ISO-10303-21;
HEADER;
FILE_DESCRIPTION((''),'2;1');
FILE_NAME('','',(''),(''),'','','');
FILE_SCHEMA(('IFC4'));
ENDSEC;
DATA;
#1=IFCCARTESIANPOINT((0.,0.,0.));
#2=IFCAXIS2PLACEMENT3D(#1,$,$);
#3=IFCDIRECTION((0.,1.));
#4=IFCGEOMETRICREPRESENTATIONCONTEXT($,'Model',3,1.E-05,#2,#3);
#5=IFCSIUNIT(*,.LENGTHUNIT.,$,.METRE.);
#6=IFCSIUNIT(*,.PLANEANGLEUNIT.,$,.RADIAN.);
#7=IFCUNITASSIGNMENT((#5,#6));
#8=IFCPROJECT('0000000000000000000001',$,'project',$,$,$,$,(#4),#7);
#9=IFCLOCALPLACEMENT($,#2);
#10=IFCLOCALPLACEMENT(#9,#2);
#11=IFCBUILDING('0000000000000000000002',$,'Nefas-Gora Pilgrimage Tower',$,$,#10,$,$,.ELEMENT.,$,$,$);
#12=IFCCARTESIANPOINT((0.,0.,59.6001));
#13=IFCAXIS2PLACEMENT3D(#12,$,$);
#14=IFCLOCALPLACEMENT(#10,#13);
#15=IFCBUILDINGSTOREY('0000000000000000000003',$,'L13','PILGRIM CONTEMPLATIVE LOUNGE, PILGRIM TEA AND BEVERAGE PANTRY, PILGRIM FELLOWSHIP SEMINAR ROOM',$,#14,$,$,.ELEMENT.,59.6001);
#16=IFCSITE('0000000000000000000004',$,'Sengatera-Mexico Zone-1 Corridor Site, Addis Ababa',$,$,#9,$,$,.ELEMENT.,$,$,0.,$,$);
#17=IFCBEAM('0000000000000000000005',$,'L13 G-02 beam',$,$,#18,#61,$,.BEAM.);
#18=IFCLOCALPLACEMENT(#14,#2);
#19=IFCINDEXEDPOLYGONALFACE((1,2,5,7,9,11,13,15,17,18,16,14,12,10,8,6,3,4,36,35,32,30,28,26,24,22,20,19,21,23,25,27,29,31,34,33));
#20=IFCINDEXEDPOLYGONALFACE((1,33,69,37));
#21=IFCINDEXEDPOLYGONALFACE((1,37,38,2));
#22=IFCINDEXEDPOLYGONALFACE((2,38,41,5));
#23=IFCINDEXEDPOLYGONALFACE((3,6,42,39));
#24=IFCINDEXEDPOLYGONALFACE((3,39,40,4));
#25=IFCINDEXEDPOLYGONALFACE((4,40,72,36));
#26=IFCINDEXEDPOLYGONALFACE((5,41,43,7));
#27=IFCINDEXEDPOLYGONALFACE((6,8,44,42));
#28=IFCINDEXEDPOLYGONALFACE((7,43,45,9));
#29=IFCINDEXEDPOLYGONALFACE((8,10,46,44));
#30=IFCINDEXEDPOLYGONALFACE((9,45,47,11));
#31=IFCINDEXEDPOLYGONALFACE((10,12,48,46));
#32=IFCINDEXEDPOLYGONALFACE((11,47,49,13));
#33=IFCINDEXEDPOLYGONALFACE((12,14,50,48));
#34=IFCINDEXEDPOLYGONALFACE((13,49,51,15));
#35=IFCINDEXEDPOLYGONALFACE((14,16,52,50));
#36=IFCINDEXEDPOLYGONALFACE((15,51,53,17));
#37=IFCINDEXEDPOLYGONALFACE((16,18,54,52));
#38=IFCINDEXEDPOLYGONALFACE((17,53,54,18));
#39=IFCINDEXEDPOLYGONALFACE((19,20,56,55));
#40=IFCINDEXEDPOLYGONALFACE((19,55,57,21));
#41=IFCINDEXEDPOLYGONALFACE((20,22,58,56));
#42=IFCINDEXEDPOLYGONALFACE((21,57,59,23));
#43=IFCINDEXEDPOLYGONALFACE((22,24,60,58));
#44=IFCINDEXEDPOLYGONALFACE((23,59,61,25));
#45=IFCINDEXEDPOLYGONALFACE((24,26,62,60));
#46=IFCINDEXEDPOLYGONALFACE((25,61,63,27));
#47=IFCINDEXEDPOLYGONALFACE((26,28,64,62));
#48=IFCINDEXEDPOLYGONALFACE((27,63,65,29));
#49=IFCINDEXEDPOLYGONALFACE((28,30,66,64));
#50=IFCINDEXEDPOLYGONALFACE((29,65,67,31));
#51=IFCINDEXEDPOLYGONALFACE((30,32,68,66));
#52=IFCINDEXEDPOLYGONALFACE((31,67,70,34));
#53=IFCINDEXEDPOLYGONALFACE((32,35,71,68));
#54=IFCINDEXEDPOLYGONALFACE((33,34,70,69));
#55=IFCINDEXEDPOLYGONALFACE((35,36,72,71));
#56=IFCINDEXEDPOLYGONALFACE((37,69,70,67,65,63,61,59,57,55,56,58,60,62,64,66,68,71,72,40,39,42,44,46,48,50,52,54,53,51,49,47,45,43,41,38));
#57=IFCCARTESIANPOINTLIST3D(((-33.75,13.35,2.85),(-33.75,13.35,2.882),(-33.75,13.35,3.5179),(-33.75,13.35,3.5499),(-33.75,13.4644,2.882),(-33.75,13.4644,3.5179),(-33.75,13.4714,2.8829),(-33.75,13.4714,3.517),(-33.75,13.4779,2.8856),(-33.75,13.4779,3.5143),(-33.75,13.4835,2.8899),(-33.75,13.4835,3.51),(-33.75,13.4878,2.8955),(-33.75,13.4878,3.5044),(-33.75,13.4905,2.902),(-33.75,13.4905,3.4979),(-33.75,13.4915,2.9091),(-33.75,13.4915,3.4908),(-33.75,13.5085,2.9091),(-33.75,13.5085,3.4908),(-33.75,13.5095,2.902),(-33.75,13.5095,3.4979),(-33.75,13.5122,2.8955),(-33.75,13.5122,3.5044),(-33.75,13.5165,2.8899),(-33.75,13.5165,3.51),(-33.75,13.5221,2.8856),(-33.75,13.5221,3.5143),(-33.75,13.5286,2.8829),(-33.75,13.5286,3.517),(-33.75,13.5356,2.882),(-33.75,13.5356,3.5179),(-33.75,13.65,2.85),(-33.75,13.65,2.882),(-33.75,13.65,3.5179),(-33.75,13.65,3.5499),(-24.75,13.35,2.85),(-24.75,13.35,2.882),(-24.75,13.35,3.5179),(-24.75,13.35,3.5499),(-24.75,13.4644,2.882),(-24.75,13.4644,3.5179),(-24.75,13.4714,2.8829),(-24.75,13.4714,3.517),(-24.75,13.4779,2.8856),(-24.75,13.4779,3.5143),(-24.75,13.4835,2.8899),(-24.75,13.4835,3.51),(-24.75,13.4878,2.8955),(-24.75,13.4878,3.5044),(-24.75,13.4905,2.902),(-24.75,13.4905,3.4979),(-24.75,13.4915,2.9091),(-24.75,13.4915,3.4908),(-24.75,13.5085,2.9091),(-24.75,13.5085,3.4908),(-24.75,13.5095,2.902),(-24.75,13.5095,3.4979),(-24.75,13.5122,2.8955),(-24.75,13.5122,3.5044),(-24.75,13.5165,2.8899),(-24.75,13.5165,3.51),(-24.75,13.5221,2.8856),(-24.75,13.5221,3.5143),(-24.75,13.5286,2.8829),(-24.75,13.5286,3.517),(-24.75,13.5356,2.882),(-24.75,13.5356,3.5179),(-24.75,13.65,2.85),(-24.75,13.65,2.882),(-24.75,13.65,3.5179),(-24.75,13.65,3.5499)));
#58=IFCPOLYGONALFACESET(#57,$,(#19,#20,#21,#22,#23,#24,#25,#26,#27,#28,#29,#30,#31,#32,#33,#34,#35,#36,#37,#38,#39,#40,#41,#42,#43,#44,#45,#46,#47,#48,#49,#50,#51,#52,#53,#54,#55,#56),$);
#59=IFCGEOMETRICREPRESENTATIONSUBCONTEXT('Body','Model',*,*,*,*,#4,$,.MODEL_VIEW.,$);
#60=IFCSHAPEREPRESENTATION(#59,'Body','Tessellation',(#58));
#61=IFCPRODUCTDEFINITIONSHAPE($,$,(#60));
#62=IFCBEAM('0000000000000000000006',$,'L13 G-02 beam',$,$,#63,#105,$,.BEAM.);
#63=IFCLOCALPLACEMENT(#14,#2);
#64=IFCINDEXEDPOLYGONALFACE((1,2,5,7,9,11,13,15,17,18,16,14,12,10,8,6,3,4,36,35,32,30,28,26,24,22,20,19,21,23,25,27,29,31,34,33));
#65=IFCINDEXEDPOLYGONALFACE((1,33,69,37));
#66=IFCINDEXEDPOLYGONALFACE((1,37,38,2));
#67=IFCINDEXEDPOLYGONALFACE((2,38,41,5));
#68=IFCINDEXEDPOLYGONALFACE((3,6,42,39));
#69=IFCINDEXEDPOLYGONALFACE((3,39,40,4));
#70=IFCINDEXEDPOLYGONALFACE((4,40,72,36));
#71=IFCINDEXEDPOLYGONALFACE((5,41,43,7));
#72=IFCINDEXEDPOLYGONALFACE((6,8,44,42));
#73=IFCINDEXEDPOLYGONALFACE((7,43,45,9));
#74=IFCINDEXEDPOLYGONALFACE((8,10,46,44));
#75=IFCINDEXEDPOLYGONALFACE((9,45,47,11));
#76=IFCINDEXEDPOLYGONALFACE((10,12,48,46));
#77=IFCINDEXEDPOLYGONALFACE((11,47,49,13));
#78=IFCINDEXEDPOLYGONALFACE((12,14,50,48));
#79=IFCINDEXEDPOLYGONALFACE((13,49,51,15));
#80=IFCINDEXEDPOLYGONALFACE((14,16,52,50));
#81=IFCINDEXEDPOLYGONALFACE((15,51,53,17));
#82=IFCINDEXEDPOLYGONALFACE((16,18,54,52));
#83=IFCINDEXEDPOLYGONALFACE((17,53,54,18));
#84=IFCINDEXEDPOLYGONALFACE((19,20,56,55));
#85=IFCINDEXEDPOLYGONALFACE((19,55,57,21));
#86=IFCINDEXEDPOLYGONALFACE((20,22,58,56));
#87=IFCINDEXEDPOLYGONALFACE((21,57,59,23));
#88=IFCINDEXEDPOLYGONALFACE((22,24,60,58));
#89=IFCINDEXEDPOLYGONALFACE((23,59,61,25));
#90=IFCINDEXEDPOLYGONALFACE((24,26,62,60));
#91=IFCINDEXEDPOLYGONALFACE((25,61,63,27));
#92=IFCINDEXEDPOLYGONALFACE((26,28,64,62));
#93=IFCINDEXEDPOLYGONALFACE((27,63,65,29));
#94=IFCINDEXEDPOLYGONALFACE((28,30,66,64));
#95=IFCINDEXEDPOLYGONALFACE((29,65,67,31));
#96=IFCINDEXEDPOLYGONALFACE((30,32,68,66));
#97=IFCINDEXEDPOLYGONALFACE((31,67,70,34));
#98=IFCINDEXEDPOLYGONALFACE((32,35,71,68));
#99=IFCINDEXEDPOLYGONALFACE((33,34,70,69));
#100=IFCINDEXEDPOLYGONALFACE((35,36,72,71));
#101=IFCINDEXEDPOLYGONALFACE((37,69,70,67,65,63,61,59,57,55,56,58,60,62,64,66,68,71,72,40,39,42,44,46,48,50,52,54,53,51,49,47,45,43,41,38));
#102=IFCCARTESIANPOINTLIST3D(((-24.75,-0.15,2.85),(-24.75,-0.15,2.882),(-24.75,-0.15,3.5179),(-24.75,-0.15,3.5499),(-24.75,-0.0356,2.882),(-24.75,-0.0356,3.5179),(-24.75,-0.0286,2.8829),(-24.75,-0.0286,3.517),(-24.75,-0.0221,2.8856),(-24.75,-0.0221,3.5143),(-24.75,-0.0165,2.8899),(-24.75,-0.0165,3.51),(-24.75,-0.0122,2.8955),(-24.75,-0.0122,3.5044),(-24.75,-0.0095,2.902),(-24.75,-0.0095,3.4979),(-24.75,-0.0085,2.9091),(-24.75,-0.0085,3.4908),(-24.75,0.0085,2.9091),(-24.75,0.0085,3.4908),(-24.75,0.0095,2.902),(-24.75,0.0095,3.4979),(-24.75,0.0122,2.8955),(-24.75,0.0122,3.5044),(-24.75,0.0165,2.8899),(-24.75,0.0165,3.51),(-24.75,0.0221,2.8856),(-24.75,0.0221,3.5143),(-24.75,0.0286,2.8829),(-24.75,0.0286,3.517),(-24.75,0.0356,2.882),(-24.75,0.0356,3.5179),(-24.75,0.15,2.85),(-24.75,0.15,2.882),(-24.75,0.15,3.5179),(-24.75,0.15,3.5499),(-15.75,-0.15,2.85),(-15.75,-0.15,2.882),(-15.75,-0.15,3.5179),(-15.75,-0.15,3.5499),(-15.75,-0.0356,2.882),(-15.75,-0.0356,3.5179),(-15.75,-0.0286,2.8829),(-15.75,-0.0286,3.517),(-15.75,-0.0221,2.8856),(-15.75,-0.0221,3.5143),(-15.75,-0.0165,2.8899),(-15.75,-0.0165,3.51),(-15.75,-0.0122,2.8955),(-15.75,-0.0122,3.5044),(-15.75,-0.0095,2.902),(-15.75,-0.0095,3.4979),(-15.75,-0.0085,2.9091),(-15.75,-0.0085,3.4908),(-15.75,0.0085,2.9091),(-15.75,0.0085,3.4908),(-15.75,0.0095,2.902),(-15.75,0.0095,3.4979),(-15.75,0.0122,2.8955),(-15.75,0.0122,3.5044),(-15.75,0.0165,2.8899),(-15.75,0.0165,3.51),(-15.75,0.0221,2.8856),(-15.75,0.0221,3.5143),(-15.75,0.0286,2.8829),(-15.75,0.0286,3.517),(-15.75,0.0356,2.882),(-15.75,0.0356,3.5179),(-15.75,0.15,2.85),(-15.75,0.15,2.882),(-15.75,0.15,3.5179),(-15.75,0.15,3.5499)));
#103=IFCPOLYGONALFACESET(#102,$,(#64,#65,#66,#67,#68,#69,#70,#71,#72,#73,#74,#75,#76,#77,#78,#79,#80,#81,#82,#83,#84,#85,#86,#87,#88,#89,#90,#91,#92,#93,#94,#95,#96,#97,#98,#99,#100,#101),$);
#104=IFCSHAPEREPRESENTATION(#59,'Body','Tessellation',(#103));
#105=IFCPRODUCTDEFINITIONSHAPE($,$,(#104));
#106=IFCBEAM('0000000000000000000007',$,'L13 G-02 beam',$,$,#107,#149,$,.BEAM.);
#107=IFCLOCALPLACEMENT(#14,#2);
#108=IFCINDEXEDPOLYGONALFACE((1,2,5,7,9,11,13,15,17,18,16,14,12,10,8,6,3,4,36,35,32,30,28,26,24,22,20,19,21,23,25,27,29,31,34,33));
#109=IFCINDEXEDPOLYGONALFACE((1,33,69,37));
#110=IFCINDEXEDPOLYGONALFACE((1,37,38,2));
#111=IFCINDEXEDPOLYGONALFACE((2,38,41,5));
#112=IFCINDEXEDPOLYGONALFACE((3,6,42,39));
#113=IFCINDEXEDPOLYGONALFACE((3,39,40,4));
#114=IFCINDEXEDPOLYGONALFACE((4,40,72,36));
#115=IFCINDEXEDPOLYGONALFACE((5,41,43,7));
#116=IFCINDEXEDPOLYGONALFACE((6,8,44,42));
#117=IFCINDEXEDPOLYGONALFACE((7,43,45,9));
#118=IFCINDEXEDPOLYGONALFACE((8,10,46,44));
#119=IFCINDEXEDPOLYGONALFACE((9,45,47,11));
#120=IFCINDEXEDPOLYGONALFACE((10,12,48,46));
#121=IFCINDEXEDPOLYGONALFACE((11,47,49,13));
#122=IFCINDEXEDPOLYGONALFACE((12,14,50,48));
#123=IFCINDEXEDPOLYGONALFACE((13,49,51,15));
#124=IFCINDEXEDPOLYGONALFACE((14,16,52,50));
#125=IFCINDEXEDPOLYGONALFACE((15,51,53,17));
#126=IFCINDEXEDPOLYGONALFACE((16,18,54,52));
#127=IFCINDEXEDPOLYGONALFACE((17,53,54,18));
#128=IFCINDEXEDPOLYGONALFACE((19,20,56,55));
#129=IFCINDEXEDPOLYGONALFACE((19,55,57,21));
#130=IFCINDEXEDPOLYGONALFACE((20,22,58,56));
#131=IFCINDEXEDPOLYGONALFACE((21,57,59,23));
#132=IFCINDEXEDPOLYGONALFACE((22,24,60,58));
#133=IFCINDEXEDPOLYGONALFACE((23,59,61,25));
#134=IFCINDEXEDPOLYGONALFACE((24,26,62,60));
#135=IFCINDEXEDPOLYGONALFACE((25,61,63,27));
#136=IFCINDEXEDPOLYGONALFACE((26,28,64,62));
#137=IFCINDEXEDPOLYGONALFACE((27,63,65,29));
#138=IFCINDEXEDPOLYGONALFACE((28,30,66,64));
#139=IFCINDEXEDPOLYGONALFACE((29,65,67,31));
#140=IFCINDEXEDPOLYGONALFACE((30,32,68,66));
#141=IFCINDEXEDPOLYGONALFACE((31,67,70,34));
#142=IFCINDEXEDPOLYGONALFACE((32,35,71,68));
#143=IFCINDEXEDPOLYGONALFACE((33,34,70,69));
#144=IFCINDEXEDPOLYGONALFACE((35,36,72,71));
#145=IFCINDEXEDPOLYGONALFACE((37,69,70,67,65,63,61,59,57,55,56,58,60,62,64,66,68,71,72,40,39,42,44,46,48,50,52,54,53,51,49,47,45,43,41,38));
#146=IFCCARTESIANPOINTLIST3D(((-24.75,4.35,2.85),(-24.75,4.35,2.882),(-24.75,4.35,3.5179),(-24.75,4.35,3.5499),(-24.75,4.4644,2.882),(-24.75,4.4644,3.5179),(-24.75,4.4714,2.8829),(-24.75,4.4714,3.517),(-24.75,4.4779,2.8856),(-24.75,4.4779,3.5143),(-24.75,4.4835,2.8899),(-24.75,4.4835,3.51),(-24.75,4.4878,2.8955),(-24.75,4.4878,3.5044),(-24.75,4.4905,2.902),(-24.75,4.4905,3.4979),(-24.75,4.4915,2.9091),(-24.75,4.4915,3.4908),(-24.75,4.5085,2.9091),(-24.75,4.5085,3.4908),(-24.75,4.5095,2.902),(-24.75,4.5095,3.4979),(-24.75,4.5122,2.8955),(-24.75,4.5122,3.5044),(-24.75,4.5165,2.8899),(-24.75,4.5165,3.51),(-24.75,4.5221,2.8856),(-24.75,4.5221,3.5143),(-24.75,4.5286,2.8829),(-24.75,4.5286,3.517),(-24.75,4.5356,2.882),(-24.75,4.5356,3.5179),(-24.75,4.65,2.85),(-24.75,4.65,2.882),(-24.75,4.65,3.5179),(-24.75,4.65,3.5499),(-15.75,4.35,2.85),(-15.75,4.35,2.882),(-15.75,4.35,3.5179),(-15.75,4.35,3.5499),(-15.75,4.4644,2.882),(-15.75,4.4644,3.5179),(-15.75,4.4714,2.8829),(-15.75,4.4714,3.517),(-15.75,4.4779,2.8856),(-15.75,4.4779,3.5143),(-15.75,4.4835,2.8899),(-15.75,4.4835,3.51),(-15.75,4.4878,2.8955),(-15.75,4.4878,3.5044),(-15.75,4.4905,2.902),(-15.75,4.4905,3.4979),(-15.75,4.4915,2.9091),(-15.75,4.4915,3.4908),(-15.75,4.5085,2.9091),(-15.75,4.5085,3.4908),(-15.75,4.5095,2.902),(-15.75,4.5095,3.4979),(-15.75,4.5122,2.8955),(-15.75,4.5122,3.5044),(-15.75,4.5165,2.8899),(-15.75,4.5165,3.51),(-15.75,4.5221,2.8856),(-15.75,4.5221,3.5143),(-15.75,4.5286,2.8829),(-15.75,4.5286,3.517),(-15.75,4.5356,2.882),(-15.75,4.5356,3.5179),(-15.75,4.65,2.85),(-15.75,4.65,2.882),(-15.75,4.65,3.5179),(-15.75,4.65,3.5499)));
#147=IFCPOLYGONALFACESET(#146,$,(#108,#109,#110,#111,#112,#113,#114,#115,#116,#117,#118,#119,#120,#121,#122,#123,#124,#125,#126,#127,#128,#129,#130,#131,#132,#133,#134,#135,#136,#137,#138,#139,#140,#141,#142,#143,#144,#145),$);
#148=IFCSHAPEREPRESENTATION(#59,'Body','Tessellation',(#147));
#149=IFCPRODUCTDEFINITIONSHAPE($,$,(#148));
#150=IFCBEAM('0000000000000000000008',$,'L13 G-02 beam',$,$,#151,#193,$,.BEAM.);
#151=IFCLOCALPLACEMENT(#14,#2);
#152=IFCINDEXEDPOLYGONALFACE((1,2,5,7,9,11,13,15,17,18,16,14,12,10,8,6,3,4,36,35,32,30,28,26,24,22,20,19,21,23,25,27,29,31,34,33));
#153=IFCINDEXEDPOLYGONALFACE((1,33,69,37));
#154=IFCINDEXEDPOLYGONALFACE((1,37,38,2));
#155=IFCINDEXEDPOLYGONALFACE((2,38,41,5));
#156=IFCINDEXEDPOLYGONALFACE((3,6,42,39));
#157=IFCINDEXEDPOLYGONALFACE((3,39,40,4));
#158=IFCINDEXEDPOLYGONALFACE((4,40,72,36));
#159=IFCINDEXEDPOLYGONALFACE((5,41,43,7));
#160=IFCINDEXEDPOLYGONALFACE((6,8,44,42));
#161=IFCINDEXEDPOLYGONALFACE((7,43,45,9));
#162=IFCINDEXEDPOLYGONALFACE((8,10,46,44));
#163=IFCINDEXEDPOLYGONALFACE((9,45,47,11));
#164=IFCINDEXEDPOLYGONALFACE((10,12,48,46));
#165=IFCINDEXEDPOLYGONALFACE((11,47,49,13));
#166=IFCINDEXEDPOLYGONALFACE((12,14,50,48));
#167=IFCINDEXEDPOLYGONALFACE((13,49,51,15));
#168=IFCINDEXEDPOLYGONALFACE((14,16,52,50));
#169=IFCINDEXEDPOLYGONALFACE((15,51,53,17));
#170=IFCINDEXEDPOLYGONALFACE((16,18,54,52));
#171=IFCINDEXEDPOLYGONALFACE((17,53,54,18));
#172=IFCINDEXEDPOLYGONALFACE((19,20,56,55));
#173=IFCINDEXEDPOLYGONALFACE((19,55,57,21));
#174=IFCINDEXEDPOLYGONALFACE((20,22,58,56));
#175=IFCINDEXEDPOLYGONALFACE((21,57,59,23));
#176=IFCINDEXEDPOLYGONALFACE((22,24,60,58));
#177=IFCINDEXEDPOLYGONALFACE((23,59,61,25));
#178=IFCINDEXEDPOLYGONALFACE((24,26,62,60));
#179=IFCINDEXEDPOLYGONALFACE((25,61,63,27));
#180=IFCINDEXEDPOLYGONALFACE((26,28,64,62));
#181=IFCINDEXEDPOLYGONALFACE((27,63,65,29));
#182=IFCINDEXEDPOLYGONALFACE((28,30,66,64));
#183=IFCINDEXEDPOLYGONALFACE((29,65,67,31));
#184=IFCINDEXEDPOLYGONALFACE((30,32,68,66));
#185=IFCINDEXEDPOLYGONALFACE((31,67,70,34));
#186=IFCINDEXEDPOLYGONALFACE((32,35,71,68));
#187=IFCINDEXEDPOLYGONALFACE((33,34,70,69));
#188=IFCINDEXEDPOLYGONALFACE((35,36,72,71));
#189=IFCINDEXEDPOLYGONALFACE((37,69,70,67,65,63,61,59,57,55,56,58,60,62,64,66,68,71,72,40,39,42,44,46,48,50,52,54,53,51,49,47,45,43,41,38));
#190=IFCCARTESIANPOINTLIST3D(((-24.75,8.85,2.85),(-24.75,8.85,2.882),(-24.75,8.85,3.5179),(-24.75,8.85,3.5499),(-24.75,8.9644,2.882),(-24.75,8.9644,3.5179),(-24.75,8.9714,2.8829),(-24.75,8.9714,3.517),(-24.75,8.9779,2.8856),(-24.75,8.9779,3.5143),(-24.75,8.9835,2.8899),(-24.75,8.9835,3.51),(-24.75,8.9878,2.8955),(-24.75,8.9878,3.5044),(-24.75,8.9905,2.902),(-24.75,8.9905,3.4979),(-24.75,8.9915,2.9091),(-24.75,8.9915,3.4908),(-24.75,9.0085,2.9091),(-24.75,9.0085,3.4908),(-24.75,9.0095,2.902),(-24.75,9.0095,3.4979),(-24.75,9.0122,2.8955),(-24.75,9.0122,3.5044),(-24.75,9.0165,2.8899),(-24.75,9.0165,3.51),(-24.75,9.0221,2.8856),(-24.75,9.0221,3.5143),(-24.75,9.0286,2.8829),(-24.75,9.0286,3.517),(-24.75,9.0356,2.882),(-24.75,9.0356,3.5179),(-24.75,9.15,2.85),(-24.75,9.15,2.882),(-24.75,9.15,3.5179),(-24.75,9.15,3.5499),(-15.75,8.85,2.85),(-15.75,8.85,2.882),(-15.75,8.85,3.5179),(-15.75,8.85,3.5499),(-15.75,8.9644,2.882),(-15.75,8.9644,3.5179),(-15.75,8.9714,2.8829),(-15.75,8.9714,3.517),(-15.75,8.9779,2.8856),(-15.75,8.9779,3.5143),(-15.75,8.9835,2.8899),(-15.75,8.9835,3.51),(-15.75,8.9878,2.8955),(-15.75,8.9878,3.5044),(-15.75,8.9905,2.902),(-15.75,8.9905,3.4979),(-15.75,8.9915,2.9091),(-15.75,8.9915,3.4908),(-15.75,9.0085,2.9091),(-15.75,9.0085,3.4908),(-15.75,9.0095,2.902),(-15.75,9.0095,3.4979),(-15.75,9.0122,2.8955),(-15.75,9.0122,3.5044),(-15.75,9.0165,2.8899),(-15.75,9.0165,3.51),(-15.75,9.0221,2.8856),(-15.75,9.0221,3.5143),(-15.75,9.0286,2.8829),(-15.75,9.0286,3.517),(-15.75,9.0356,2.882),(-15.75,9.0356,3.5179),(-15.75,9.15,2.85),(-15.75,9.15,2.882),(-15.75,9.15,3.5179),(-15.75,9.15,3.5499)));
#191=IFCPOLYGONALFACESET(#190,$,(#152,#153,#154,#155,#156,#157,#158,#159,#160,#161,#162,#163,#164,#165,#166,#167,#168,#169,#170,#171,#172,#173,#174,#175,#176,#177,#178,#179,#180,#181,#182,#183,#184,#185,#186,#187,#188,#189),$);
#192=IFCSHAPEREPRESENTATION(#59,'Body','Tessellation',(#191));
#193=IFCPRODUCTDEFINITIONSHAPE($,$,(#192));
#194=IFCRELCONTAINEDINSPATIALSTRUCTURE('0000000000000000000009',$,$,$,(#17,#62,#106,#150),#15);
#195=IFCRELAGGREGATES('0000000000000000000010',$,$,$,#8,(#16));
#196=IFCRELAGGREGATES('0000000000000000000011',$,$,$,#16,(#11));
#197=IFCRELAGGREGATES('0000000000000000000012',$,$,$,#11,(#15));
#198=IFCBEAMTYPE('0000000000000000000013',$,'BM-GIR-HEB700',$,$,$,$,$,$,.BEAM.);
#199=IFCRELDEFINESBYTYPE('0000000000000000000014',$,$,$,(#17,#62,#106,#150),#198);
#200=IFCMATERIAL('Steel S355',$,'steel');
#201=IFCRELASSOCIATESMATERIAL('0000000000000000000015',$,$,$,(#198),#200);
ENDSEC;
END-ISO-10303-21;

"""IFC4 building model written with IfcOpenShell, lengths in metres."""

from ifc_helpers import new_model, si_unit, direction, frame, origin, origin_2d, place, context, subcontext, project, spatial, i_section, extrude, source, transform, mapped, material, material_profile, profile_set, type_object, element, save


model = new_model("IFC4")

# Units and contexts
model_context = context("Model", 3, precision=1e-05, world=origin(), true_north=direction((0.0, 1.0)))
body_context = subcontext(model_context, "Body", "Model", "MODEL_VIEW")
ifc_project = project(units=[si_unit("LENGTHUNIT", "METRE"), si_unit("PLANEANGLEUNIT", "RADIAN")], contexts=[model_context])

# Site, building, storey
site_placement = place(None, origin())
site = spatial("IfcSite", under=ifc_project, at=site_placement, Name="Sengatera-Mexico Zone-1 Corridor Site, Addis Ababa", CompositionType="ELEMENT", RefElevation=0.0)
building_placement = place(site_placement, origin())
building = spatial("IfcBuilding", under=site, at=building_placement, Name="Nefas-Gora Pilgrimage Tower", CompositionType="ELEMENT")
storey_placement = place(building_placement, frame((0.0, 0.0, 59.6001)))
storey = spatial("IfcBuildingStorey", under=building, at=storey_placement, Name="L13", Description="PILGRIM CONTEMPLATIVE LOUNGE, PILGRIM TEA AND BEVERAGE PANTRY, PILGRIM FELLOWSHIP SEMINAR ROOM", CompositionType="ELEMENT", Elevation=59.6001)

# Beams
ifc_material_1 = material(Name="Steel S355", Category="steel")
ifc_material_profile_1 = material_profile(ifc_material_1, i_section(OverallWidth=0.3, OverallDepth=0.7, WebThickness=0.0171, FlangeThickness=0.032, FilletRadius=0.0271, at=origin_2d()), Name="HEB 700")
ifc_profile_set_1 = profile_set([ifc_material_profile_1], Name="Steel S355")
beam_type_1 = type_object("IfcBeamType", Name="BM-GIR-HEB700", PredefinedType="BEAM", material=ifc_profile_set_1)
shared_shape_1 = source(origin(), body_context, "Body", "SweptSolid", [
    extrude(i_section(OverallWidth=0.3, OverallDepth=0.7, WebThickness=0.0171, FlangeThickness=0.032, FilletRadius=0.0271, at=origin_2d()), origin(), (0.0, 0.0, 1.0), 9.0),
])
for number, where, z_axis, x_axis, name in (
    (1, (-33.75, 13.5, 3.2), (1.0, 0.0, 0.0), (0.0, 1.0, 0.0), "L13 G-02 beam"),
    (2, (-24.75, 0.0, 3.2), (1.0, 0.0, 0.0), (0.0, 1.0, 0.0), "L13 G-02 beam"),
    (3, (-24.75, 4.5, 3.2), (1.0, 0.0, 0.0), (0.0, 1.0, 0.0), "L13 G-02 beam"),
    (4, (-24.75, 9.0, 3.2), (1.0, 0.0, 0.0), (0.0, 1.0, 0.0), "L13 G-02 beam"),
):
    element("IfcBeam", number, at=place(storey_placement, frame(where, z_axis=z_axis, x_axis=x_axis)), inside=storey, type_object=beam_type_1, Name=name, PredefinedType="BEAM", context=body_context, shape_type="MappedRepresentation", body=[
        mapped(shared_shape_1, transform((0.0, 0.0, 0.0), x_axis=(1.0, 0.0, 0.0), y_axis=(0.0, 1.0, 0.0), z_axis=(0.0, 0.0, 1.0), scale=1.0)),
    ])

save(model, "model.ifc")
